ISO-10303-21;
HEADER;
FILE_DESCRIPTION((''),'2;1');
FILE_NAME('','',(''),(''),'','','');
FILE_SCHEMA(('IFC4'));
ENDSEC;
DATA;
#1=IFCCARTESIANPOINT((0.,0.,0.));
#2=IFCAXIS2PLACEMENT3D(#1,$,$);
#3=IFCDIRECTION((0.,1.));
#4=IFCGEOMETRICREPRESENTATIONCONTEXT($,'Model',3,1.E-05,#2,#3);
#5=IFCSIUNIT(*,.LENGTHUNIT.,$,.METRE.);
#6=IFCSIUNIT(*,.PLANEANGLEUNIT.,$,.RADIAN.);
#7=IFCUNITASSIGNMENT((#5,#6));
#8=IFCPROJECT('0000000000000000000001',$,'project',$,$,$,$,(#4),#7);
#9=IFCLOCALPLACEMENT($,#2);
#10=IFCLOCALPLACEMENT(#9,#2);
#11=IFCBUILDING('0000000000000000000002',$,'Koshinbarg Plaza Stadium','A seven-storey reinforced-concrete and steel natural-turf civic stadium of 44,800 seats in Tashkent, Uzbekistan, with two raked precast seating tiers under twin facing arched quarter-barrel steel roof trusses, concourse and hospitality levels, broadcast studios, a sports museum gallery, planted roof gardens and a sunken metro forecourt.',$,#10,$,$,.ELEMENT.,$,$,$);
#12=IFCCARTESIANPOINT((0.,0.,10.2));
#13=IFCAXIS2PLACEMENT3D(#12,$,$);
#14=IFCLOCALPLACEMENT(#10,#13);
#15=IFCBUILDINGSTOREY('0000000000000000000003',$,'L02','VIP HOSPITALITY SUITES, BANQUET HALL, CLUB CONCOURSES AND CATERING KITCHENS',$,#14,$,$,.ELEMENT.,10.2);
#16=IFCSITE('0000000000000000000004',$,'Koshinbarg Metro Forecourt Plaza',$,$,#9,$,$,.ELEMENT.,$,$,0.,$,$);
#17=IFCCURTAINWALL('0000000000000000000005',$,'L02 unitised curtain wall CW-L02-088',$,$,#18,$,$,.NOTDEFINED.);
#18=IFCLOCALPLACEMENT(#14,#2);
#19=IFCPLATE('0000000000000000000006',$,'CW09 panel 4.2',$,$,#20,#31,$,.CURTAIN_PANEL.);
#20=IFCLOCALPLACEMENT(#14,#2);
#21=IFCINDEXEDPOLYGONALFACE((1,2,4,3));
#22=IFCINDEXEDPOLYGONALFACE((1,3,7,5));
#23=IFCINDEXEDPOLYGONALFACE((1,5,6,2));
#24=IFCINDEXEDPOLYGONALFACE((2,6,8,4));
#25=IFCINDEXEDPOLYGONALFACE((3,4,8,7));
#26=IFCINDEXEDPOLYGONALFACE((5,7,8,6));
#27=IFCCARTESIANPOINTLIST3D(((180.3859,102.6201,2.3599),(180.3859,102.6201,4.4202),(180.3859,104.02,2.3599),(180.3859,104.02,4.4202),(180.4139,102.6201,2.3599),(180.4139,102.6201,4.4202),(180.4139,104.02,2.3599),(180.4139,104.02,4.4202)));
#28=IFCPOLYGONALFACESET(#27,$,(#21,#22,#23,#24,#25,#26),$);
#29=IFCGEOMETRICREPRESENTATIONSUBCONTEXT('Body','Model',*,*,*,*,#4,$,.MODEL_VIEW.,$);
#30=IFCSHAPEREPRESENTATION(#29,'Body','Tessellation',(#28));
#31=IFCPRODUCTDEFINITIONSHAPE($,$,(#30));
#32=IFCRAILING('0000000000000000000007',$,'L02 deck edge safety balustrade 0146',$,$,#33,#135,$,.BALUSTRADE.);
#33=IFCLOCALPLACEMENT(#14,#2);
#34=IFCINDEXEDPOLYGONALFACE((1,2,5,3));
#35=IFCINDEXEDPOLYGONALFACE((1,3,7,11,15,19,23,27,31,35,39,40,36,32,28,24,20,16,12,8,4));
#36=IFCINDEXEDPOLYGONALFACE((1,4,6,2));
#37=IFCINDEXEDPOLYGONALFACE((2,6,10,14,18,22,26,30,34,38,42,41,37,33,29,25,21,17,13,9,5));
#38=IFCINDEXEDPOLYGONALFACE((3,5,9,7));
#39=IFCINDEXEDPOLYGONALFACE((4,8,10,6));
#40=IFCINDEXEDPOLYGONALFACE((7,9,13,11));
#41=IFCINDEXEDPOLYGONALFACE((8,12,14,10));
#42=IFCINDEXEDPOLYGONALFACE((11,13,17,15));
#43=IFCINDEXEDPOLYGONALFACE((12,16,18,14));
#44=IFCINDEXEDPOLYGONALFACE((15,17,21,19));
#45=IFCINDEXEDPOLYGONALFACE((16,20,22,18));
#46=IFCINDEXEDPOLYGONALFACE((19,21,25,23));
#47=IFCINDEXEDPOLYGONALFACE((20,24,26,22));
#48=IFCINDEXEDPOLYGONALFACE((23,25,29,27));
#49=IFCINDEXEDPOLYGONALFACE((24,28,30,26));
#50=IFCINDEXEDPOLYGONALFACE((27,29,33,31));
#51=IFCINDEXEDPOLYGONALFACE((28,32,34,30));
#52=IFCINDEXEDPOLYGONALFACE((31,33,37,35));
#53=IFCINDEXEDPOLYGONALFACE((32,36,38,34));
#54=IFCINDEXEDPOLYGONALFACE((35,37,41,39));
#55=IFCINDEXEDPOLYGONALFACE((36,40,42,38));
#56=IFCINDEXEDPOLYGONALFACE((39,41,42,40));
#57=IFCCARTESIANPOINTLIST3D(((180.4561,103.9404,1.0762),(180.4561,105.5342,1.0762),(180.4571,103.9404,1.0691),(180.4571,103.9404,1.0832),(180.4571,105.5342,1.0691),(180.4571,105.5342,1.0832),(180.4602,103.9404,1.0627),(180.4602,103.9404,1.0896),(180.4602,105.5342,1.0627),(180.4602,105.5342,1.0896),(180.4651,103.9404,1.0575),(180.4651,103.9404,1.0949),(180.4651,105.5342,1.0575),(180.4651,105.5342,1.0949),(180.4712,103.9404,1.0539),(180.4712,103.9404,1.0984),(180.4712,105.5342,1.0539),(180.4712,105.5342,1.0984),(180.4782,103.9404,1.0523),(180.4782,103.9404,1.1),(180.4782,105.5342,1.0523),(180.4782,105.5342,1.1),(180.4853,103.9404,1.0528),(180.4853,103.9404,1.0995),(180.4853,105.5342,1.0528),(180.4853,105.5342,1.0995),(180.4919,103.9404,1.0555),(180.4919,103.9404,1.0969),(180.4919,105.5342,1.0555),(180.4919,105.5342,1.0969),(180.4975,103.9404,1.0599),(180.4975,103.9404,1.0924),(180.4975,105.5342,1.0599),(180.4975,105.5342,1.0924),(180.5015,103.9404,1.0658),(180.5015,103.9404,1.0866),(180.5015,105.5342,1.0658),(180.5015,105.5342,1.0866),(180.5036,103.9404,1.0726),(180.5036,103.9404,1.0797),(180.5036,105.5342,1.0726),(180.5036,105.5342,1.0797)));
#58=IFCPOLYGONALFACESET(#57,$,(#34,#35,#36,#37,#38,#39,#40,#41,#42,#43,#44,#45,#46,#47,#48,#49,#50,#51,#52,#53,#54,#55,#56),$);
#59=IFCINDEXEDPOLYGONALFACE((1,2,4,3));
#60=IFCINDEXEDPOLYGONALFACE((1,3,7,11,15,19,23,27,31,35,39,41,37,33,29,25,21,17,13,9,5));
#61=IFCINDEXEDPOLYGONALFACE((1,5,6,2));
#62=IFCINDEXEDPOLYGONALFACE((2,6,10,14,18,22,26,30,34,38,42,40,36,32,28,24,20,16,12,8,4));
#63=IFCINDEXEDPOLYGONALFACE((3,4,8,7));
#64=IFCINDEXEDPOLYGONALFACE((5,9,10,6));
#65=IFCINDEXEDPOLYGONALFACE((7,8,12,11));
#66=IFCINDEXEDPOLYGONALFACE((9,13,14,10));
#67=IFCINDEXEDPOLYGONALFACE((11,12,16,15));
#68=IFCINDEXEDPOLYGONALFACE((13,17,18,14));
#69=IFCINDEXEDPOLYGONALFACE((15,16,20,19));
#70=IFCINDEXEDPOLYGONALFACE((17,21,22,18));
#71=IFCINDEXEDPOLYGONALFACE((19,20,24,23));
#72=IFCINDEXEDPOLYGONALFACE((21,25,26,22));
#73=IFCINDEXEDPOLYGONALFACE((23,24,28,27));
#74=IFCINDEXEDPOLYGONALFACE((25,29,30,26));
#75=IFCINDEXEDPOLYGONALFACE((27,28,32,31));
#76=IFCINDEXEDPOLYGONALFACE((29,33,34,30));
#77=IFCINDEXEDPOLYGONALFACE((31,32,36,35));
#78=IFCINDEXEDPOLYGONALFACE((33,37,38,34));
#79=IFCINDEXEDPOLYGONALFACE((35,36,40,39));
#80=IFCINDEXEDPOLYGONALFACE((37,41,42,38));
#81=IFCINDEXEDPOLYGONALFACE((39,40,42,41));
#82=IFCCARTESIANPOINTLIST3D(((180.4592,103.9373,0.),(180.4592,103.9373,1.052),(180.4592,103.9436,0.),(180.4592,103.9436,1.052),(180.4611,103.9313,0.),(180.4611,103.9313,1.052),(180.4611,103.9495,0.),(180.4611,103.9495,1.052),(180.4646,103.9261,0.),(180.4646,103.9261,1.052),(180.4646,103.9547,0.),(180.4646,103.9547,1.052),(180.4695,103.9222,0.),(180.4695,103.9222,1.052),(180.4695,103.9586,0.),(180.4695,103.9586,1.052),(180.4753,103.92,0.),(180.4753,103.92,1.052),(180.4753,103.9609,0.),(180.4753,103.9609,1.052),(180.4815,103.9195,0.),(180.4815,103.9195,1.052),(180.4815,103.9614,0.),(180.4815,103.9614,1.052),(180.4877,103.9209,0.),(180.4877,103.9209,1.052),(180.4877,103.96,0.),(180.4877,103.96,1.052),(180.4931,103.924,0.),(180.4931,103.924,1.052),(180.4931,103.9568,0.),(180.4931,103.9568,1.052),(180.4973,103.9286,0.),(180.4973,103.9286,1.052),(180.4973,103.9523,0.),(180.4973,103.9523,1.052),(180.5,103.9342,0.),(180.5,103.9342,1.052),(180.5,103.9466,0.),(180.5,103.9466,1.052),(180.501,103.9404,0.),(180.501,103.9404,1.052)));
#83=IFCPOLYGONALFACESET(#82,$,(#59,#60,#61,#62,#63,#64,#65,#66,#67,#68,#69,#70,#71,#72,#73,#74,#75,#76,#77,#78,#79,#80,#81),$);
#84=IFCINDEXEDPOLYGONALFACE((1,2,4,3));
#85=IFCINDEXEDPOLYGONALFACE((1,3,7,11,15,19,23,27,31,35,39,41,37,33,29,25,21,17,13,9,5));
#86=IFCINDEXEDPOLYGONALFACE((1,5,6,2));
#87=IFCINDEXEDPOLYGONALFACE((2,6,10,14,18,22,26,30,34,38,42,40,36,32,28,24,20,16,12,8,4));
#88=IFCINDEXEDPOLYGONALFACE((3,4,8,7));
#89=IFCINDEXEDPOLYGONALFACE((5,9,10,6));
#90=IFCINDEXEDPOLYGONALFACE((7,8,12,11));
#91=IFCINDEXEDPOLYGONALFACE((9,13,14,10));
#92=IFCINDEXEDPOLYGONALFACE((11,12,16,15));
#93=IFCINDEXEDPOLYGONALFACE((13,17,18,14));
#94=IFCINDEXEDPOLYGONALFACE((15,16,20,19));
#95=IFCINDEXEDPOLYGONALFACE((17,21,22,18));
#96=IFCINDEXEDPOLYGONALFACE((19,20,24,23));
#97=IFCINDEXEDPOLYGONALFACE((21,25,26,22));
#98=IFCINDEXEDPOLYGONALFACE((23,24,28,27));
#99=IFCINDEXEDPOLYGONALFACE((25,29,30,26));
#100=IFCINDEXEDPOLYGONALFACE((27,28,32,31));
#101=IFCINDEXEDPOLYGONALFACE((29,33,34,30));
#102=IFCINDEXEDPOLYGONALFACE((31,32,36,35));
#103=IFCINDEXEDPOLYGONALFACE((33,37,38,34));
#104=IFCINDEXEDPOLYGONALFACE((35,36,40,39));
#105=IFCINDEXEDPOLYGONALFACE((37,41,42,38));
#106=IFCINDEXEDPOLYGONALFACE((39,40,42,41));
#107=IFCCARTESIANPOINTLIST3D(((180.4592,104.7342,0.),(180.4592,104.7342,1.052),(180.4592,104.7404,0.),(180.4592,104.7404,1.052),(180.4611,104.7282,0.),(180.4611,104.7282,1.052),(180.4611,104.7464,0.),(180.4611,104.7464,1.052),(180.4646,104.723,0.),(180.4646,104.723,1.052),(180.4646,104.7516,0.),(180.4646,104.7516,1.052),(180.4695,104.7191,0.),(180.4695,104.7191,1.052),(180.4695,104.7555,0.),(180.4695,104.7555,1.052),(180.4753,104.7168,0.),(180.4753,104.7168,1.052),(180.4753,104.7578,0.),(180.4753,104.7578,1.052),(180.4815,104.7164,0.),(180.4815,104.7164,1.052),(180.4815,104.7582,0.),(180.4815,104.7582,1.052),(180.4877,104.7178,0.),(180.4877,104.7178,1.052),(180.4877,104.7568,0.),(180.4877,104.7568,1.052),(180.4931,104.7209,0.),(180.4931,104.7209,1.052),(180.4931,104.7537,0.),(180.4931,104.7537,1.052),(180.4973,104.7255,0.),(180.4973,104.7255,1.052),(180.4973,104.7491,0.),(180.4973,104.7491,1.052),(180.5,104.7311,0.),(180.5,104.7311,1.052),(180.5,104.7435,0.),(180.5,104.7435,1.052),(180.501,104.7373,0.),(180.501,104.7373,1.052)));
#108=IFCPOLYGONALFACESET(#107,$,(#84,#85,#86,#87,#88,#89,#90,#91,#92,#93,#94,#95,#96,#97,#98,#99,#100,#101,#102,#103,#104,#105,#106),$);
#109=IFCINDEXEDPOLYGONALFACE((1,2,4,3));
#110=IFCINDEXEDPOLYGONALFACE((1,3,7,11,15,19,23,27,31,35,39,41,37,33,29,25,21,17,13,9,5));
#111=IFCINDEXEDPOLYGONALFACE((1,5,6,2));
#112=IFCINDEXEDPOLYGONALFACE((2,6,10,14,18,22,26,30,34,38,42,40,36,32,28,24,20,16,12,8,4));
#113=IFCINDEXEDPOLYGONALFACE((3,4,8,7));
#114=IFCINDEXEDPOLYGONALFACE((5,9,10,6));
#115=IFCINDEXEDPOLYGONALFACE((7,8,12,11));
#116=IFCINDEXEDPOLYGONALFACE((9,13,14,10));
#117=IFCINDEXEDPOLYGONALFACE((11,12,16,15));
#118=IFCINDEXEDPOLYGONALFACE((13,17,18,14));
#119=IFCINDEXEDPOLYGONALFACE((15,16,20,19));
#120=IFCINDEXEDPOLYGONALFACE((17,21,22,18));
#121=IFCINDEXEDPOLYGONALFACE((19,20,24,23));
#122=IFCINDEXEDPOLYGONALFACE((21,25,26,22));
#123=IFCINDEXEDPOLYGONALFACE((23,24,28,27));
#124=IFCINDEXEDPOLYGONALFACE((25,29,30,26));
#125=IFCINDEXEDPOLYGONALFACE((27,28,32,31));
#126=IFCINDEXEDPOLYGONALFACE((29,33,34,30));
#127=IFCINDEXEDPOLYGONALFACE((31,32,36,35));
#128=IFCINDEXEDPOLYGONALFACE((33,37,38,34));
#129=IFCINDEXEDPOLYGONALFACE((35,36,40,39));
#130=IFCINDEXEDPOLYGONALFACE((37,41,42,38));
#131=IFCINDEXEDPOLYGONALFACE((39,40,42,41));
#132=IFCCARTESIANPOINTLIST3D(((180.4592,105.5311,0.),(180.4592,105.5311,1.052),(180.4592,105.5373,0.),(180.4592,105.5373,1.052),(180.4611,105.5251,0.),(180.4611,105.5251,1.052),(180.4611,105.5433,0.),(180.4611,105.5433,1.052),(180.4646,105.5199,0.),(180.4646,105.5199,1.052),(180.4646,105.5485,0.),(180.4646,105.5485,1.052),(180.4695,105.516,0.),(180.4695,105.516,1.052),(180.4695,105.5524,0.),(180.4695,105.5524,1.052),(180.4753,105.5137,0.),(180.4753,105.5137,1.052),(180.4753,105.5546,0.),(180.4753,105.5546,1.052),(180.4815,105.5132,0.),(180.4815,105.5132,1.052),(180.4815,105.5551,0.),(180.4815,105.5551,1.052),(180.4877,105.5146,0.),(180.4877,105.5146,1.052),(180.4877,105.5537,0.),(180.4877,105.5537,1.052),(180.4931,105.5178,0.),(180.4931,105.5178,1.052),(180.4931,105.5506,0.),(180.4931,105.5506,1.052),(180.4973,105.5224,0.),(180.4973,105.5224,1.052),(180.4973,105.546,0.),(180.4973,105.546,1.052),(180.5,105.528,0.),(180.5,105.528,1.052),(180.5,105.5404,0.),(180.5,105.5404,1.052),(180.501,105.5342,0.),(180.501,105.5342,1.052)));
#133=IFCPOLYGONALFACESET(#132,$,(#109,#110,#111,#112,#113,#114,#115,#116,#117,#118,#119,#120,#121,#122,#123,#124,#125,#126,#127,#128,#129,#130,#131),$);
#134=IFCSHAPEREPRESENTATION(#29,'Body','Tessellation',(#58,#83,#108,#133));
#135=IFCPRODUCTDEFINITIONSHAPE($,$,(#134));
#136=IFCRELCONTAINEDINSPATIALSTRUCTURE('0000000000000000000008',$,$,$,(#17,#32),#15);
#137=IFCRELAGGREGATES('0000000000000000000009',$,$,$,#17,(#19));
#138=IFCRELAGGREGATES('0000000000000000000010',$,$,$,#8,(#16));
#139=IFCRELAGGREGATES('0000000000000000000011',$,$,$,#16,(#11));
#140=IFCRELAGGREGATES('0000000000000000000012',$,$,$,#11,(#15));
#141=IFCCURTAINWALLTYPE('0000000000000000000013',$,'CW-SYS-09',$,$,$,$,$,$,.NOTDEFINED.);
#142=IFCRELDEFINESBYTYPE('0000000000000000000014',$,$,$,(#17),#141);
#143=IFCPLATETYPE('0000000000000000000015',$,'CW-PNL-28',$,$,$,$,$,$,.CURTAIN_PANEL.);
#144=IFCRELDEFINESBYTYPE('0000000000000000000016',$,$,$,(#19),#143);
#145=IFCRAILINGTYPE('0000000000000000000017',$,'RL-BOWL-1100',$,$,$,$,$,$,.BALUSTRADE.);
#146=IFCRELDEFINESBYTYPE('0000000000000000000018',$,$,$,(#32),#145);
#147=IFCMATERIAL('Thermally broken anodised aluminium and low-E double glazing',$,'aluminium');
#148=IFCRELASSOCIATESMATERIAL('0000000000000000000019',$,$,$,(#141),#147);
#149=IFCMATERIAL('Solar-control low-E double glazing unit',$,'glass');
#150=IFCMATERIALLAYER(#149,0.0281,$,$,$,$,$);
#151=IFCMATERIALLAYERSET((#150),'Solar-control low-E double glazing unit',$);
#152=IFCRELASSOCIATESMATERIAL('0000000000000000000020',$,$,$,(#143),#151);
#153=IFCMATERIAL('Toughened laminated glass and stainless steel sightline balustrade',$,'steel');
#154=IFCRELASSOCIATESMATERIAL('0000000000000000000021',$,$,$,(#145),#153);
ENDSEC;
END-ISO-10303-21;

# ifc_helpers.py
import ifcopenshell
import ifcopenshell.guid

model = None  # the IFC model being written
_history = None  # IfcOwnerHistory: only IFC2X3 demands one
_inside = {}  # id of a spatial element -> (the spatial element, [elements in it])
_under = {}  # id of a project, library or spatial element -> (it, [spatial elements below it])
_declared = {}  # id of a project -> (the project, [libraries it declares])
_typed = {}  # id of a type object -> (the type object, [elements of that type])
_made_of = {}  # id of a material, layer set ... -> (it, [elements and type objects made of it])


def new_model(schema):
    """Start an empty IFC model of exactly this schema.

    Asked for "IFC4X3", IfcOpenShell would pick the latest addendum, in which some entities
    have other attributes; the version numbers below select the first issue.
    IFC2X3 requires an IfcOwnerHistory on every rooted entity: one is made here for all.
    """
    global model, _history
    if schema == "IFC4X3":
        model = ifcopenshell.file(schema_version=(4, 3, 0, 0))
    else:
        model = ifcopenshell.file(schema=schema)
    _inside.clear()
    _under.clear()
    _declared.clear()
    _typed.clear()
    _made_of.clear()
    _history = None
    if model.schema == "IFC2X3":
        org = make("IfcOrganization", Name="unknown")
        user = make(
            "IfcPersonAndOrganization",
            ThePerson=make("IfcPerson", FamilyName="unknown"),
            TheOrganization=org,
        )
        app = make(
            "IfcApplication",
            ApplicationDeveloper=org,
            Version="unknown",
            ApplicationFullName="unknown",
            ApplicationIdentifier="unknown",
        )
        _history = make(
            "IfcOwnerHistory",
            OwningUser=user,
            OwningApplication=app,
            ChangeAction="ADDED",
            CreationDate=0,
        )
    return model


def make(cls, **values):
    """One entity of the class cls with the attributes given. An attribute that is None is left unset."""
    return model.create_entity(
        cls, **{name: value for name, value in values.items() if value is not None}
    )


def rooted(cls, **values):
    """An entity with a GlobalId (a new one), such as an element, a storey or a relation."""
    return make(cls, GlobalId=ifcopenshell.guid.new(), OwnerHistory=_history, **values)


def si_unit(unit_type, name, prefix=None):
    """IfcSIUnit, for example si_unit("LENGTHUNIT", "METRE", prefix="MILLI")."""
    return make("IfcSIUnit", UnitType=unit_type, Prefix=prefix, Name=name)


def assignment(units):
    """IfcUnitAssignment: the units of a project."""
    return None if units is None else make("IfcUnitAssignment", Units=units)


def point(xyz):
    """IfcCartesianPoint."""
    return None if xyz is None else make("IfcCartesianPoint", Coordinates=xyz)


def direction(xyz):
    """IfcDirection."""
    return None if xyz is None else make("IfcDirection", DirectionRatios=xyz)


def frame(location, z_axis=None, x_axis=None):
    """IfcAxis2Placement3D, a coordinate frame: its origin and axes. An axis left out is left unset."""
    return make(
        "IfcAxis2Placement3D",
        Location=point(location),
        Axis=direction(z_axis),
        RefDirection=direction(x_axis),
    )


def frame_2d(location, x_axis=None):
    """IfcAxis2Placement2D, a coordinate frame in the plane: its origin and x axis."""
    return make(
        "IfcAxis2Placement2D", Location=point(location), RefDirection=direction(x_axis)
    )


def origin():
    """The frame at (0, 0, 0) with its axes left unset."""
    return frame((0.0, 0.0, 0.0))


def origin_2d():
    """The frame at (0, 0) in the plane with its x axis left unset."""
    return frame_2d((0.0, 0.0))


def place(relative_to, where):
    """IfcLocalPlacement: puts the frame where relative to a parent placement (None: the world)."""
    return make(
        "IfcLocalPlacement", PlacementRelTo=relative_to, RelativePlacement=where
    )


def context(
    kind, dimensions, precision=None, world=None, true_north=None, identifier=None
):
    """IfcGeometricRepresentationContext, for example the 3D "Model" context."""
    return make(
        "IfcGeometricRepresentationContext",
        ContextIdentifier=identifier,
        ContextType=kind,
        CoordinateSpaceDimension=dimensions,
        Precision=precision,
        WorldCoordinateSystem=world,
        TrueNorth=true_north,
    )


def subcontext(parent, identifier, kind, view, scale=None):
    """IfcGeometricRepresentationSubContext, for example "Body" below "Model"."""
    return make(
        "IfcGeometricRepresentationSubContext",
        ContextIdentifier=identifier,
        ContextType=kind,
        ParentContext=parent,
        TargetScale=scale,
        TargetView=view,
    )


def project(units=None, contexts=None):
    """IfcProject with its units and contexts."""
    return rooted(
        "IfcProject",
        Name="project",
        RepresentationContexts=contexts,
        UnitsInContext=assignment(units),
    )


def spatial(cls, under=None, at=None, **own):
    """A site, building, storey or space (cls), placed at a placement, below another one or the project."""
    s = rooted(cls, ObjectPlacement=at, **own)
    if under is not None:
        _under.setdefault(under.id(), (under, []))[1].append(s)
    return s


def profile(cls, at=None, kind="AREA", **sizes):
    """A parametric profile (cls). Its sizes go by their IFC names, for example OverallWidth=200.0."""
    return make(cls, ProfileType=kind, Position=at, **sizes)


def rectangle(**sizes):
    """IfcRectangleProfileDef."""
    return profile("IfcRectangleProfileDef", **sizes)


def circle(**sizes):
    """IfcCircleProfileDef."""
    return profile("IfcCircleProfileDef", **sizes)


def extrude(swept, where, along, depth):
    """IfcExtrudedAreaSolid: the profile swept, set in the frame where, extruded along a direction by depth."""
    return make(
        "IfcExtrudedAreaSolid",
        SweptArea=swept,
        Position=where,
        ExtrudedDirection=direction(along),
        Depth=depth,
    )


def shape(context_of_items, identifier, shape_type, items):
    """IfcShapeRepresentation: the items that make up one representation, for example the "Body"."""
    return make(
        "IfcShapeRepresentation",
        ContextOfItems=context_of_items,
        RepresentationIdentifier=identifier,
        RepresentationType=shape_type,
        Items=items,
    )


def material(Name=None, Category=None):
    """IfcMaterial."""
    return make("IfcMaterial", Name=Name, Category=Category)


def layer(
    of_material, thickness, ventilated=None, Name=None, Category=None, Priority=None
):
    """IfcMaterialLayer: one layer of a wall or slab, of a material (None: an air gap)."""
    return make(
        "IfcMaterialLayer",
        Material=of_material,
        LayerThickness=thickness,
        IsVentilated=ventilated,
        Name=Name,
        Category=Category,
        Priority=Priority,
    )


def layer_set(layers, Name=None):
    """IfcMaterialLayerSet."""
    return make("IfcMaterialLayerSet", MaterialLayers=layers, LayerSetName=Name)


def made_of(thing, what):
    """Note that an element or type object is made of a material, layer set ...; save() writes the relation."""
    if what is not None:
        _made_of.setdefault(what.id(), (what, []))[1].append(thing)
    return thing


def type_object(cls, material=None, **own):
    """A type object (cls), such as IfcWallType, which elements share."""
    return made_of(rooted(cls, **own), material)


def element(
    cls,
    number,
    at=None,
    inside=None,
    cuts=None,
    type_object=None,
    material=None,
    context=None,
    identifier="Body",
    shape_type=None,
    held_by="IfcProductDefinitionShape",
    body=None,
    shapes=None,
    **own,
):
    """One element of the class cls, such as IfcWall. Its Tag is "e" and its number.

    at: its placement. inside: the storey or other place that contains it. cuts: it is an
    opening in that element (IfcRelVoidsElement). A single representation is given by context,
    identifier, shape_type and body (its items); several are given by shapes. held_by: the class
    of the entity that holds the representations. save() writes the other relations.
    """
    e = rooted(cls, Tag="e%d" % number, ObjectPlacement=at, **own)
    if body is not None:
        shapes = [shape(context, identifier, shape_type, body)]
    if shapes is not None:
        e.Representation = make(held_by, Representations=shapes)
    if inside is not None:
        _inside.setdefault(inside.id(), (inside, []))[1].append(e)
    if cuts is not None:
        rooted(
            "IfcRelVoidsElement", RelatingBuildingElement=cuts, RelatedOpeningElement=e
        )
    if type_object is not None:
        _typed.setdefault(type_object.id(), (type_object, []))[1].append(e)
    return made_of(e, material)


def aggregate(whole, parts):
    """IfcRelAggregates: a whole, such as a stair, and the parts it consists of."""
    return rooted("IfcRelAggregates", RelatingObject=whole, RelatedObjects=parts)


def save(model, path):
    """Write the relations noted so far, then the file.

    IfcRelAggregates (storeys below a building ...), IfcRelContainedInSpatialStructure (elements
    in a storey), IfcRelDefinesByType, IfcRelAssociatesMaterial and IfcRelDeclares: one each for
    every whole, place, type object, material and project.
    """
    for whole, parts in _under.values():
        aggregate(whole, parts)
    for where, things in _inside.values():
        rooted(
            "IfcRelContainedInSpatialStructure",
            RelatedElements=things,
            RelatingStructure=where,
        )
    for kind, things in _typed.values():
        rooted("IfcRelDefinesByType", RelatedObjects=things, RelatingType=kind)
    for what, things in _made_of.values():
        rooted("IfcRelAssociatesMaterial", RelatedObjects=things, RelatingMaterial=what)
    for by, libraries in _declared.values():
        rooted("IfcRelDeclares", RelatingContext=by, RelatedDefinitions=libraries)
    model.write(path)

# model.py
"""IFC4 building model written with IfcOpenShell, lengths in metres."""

from ifc_helpers import new_model, si_unit, direction, frame, origin, origin_2d, place, context, subcontext, project, spatial, rectangle, circle, extrude, material, layer, layer_set, type_object, element, aggregate, save


model = new_model("IFC4")

# Units and contexts
model_context = context("Model", 3, precision=1e-05, world=origin(), true_north=direction((0.0, 1.0)))
body_context = subcontext(model_context, "Body", "Model", "MODEL_VIEW")
ifc_project = project(units=[si_unit("LENGTHUNIT", "METRE"), si_unit("PLANEANGLEUNIT", "RADIAN")], contexts=[model_context])

# Site, building, storey
site_placement = place(None, origin())
site = spatial("IfcSite", under=ifc_project, at=site_placement, Name="Koshinbarg Metro Forecourt Plaza", CompositionType="ELEMENT", RefElevation=0.0)
building_placement = place(site_placement, origin())
building = spatial("IfcBuilding", under=site, at=building_placement, Name="Koshinbarg Plaza Stadium", Description="A seven-storey reinforced-concrete and steel natural-turf civic stadium of 44,800 seats in Tashkent, Uzbekistan, with two raked precast seating tiers under twin facing arched quarter-barrel steel roof trusses, concourse and hospitality levels, broadcast studios, a sports museum gallery, planted roof gardens and a sunken metro forecourt.", CompositionType="ELEMENT")
storey_placement = place(building_placement, frame((0.0, 0.0, 10.2)))
storey = spatial("IfcBuildingStorey", under=building, at=storey_placement, Name="L02", Description="VIP HOSPITALITY SUITES, BANQUET HALL, CLUB CONCOURSES AND CATERING KITCHENS", CompositionType="ELEMENT", Elevation=10.2)

# Curtain wall, plate
ifc_material_1 = material(Name="Thermally broken anodised aluminium and low-E double glazing", Category="aluminium")
curtain_wall_type = type_object("IfcCurtainWallType", Name="CW-SYS-09", PredefinedType="NOTDEFINED", material=ifc_material_1)
curtain_wall_placement = place(storey_placement, origin())
curtain_wall = element("IfcCurtainWall", 1, at=curtain_wall_placement, inside=storey, type_object=curtain_wall_type, Name="L02 unitised curtain wall CW-L02-088", PredefinedType="NOTDEFINED")
ifc_material_2 = material(Name="Solar-control low-E double glazing unit", Category="glass")
ifc_layer = layer(ifc_material_2, 0.0281)
ifc_layer_set = layer_set([ifc_layer], Name="Solar-control low-E double glazing unit")
plate_type = type_object("IfcPlateType", Name="CW-PNL-28", PredefinedType="CURTAIN_PANEL", material=ifc_layer_set)
plate_1_placement = place(storey_placement, frame((180.3999, 103.3201, 2.3599), z_axis=(0.0, 0.0, 1.0), x_axis=(0.0, 1.0, 0.0)))
plate_1 = element("IfcPlate", 2, at=plate_1_placement, type_object=plate_type, Name="CW09 panel 4.2", PredefinedType="CURTAIN_PANEL", context=body_context, shape_type="SweptSolid", body=[
    extrude(rectangle(XDim=1.3999, YDim=0.0281, at=origin_2d()), origin(), (0.0, 0.0, 1.0), 2.0603),
])
aggregate(curtain_wall, [plate_1])

# Railing
ifc_material_3 = material(Name="Toughened laminated glass and stainless steel sightline balustrade", Category="steel")
railing_type = type_object("IfcRailingType", Name="RL-BOWL-1100", PredefinedType="BALUSTRADE", material=ifc_material_3)
railing_placement = place(storey_placement, frame((180.48, 103.9404, 0.0)))
element("IfcRailing", 3, at=railing_placement, inside=storey, type_object=railing_type, Name="L02 deck edge safety balustrade 0146", PredefinedType="BALUSTRADE", context=body_context, shape_type="SweptSolid", body=[
    extrude(circle(Radius=0.0239, at=origin_2d()), frame((0.0, 0.0, 1.0762), z_axis=(0.0, 1.0, 0.0), x_axis=(-1.0, 0.0, 0.0)), (0.0, 0.0, 1.0), 1.5938),
    extrude(circle(Radius=0.021, at=origin_2d()), origin(), (0.0, 0.0, 1.0), 1.052),
    extrude(circle(Radius=0.021, at=origin_2d()), frame((0.0, 0.7969, 0.0)), (0.0, 0.0, 1.0), 1.052),
    extrude(circle(Radius=0.021, at=origin_2d()), frame((0.0, 1.5938, 0.0)), (0.0, 0.0, 1.0), 1.052),
])

save(model, "model.ifc")
